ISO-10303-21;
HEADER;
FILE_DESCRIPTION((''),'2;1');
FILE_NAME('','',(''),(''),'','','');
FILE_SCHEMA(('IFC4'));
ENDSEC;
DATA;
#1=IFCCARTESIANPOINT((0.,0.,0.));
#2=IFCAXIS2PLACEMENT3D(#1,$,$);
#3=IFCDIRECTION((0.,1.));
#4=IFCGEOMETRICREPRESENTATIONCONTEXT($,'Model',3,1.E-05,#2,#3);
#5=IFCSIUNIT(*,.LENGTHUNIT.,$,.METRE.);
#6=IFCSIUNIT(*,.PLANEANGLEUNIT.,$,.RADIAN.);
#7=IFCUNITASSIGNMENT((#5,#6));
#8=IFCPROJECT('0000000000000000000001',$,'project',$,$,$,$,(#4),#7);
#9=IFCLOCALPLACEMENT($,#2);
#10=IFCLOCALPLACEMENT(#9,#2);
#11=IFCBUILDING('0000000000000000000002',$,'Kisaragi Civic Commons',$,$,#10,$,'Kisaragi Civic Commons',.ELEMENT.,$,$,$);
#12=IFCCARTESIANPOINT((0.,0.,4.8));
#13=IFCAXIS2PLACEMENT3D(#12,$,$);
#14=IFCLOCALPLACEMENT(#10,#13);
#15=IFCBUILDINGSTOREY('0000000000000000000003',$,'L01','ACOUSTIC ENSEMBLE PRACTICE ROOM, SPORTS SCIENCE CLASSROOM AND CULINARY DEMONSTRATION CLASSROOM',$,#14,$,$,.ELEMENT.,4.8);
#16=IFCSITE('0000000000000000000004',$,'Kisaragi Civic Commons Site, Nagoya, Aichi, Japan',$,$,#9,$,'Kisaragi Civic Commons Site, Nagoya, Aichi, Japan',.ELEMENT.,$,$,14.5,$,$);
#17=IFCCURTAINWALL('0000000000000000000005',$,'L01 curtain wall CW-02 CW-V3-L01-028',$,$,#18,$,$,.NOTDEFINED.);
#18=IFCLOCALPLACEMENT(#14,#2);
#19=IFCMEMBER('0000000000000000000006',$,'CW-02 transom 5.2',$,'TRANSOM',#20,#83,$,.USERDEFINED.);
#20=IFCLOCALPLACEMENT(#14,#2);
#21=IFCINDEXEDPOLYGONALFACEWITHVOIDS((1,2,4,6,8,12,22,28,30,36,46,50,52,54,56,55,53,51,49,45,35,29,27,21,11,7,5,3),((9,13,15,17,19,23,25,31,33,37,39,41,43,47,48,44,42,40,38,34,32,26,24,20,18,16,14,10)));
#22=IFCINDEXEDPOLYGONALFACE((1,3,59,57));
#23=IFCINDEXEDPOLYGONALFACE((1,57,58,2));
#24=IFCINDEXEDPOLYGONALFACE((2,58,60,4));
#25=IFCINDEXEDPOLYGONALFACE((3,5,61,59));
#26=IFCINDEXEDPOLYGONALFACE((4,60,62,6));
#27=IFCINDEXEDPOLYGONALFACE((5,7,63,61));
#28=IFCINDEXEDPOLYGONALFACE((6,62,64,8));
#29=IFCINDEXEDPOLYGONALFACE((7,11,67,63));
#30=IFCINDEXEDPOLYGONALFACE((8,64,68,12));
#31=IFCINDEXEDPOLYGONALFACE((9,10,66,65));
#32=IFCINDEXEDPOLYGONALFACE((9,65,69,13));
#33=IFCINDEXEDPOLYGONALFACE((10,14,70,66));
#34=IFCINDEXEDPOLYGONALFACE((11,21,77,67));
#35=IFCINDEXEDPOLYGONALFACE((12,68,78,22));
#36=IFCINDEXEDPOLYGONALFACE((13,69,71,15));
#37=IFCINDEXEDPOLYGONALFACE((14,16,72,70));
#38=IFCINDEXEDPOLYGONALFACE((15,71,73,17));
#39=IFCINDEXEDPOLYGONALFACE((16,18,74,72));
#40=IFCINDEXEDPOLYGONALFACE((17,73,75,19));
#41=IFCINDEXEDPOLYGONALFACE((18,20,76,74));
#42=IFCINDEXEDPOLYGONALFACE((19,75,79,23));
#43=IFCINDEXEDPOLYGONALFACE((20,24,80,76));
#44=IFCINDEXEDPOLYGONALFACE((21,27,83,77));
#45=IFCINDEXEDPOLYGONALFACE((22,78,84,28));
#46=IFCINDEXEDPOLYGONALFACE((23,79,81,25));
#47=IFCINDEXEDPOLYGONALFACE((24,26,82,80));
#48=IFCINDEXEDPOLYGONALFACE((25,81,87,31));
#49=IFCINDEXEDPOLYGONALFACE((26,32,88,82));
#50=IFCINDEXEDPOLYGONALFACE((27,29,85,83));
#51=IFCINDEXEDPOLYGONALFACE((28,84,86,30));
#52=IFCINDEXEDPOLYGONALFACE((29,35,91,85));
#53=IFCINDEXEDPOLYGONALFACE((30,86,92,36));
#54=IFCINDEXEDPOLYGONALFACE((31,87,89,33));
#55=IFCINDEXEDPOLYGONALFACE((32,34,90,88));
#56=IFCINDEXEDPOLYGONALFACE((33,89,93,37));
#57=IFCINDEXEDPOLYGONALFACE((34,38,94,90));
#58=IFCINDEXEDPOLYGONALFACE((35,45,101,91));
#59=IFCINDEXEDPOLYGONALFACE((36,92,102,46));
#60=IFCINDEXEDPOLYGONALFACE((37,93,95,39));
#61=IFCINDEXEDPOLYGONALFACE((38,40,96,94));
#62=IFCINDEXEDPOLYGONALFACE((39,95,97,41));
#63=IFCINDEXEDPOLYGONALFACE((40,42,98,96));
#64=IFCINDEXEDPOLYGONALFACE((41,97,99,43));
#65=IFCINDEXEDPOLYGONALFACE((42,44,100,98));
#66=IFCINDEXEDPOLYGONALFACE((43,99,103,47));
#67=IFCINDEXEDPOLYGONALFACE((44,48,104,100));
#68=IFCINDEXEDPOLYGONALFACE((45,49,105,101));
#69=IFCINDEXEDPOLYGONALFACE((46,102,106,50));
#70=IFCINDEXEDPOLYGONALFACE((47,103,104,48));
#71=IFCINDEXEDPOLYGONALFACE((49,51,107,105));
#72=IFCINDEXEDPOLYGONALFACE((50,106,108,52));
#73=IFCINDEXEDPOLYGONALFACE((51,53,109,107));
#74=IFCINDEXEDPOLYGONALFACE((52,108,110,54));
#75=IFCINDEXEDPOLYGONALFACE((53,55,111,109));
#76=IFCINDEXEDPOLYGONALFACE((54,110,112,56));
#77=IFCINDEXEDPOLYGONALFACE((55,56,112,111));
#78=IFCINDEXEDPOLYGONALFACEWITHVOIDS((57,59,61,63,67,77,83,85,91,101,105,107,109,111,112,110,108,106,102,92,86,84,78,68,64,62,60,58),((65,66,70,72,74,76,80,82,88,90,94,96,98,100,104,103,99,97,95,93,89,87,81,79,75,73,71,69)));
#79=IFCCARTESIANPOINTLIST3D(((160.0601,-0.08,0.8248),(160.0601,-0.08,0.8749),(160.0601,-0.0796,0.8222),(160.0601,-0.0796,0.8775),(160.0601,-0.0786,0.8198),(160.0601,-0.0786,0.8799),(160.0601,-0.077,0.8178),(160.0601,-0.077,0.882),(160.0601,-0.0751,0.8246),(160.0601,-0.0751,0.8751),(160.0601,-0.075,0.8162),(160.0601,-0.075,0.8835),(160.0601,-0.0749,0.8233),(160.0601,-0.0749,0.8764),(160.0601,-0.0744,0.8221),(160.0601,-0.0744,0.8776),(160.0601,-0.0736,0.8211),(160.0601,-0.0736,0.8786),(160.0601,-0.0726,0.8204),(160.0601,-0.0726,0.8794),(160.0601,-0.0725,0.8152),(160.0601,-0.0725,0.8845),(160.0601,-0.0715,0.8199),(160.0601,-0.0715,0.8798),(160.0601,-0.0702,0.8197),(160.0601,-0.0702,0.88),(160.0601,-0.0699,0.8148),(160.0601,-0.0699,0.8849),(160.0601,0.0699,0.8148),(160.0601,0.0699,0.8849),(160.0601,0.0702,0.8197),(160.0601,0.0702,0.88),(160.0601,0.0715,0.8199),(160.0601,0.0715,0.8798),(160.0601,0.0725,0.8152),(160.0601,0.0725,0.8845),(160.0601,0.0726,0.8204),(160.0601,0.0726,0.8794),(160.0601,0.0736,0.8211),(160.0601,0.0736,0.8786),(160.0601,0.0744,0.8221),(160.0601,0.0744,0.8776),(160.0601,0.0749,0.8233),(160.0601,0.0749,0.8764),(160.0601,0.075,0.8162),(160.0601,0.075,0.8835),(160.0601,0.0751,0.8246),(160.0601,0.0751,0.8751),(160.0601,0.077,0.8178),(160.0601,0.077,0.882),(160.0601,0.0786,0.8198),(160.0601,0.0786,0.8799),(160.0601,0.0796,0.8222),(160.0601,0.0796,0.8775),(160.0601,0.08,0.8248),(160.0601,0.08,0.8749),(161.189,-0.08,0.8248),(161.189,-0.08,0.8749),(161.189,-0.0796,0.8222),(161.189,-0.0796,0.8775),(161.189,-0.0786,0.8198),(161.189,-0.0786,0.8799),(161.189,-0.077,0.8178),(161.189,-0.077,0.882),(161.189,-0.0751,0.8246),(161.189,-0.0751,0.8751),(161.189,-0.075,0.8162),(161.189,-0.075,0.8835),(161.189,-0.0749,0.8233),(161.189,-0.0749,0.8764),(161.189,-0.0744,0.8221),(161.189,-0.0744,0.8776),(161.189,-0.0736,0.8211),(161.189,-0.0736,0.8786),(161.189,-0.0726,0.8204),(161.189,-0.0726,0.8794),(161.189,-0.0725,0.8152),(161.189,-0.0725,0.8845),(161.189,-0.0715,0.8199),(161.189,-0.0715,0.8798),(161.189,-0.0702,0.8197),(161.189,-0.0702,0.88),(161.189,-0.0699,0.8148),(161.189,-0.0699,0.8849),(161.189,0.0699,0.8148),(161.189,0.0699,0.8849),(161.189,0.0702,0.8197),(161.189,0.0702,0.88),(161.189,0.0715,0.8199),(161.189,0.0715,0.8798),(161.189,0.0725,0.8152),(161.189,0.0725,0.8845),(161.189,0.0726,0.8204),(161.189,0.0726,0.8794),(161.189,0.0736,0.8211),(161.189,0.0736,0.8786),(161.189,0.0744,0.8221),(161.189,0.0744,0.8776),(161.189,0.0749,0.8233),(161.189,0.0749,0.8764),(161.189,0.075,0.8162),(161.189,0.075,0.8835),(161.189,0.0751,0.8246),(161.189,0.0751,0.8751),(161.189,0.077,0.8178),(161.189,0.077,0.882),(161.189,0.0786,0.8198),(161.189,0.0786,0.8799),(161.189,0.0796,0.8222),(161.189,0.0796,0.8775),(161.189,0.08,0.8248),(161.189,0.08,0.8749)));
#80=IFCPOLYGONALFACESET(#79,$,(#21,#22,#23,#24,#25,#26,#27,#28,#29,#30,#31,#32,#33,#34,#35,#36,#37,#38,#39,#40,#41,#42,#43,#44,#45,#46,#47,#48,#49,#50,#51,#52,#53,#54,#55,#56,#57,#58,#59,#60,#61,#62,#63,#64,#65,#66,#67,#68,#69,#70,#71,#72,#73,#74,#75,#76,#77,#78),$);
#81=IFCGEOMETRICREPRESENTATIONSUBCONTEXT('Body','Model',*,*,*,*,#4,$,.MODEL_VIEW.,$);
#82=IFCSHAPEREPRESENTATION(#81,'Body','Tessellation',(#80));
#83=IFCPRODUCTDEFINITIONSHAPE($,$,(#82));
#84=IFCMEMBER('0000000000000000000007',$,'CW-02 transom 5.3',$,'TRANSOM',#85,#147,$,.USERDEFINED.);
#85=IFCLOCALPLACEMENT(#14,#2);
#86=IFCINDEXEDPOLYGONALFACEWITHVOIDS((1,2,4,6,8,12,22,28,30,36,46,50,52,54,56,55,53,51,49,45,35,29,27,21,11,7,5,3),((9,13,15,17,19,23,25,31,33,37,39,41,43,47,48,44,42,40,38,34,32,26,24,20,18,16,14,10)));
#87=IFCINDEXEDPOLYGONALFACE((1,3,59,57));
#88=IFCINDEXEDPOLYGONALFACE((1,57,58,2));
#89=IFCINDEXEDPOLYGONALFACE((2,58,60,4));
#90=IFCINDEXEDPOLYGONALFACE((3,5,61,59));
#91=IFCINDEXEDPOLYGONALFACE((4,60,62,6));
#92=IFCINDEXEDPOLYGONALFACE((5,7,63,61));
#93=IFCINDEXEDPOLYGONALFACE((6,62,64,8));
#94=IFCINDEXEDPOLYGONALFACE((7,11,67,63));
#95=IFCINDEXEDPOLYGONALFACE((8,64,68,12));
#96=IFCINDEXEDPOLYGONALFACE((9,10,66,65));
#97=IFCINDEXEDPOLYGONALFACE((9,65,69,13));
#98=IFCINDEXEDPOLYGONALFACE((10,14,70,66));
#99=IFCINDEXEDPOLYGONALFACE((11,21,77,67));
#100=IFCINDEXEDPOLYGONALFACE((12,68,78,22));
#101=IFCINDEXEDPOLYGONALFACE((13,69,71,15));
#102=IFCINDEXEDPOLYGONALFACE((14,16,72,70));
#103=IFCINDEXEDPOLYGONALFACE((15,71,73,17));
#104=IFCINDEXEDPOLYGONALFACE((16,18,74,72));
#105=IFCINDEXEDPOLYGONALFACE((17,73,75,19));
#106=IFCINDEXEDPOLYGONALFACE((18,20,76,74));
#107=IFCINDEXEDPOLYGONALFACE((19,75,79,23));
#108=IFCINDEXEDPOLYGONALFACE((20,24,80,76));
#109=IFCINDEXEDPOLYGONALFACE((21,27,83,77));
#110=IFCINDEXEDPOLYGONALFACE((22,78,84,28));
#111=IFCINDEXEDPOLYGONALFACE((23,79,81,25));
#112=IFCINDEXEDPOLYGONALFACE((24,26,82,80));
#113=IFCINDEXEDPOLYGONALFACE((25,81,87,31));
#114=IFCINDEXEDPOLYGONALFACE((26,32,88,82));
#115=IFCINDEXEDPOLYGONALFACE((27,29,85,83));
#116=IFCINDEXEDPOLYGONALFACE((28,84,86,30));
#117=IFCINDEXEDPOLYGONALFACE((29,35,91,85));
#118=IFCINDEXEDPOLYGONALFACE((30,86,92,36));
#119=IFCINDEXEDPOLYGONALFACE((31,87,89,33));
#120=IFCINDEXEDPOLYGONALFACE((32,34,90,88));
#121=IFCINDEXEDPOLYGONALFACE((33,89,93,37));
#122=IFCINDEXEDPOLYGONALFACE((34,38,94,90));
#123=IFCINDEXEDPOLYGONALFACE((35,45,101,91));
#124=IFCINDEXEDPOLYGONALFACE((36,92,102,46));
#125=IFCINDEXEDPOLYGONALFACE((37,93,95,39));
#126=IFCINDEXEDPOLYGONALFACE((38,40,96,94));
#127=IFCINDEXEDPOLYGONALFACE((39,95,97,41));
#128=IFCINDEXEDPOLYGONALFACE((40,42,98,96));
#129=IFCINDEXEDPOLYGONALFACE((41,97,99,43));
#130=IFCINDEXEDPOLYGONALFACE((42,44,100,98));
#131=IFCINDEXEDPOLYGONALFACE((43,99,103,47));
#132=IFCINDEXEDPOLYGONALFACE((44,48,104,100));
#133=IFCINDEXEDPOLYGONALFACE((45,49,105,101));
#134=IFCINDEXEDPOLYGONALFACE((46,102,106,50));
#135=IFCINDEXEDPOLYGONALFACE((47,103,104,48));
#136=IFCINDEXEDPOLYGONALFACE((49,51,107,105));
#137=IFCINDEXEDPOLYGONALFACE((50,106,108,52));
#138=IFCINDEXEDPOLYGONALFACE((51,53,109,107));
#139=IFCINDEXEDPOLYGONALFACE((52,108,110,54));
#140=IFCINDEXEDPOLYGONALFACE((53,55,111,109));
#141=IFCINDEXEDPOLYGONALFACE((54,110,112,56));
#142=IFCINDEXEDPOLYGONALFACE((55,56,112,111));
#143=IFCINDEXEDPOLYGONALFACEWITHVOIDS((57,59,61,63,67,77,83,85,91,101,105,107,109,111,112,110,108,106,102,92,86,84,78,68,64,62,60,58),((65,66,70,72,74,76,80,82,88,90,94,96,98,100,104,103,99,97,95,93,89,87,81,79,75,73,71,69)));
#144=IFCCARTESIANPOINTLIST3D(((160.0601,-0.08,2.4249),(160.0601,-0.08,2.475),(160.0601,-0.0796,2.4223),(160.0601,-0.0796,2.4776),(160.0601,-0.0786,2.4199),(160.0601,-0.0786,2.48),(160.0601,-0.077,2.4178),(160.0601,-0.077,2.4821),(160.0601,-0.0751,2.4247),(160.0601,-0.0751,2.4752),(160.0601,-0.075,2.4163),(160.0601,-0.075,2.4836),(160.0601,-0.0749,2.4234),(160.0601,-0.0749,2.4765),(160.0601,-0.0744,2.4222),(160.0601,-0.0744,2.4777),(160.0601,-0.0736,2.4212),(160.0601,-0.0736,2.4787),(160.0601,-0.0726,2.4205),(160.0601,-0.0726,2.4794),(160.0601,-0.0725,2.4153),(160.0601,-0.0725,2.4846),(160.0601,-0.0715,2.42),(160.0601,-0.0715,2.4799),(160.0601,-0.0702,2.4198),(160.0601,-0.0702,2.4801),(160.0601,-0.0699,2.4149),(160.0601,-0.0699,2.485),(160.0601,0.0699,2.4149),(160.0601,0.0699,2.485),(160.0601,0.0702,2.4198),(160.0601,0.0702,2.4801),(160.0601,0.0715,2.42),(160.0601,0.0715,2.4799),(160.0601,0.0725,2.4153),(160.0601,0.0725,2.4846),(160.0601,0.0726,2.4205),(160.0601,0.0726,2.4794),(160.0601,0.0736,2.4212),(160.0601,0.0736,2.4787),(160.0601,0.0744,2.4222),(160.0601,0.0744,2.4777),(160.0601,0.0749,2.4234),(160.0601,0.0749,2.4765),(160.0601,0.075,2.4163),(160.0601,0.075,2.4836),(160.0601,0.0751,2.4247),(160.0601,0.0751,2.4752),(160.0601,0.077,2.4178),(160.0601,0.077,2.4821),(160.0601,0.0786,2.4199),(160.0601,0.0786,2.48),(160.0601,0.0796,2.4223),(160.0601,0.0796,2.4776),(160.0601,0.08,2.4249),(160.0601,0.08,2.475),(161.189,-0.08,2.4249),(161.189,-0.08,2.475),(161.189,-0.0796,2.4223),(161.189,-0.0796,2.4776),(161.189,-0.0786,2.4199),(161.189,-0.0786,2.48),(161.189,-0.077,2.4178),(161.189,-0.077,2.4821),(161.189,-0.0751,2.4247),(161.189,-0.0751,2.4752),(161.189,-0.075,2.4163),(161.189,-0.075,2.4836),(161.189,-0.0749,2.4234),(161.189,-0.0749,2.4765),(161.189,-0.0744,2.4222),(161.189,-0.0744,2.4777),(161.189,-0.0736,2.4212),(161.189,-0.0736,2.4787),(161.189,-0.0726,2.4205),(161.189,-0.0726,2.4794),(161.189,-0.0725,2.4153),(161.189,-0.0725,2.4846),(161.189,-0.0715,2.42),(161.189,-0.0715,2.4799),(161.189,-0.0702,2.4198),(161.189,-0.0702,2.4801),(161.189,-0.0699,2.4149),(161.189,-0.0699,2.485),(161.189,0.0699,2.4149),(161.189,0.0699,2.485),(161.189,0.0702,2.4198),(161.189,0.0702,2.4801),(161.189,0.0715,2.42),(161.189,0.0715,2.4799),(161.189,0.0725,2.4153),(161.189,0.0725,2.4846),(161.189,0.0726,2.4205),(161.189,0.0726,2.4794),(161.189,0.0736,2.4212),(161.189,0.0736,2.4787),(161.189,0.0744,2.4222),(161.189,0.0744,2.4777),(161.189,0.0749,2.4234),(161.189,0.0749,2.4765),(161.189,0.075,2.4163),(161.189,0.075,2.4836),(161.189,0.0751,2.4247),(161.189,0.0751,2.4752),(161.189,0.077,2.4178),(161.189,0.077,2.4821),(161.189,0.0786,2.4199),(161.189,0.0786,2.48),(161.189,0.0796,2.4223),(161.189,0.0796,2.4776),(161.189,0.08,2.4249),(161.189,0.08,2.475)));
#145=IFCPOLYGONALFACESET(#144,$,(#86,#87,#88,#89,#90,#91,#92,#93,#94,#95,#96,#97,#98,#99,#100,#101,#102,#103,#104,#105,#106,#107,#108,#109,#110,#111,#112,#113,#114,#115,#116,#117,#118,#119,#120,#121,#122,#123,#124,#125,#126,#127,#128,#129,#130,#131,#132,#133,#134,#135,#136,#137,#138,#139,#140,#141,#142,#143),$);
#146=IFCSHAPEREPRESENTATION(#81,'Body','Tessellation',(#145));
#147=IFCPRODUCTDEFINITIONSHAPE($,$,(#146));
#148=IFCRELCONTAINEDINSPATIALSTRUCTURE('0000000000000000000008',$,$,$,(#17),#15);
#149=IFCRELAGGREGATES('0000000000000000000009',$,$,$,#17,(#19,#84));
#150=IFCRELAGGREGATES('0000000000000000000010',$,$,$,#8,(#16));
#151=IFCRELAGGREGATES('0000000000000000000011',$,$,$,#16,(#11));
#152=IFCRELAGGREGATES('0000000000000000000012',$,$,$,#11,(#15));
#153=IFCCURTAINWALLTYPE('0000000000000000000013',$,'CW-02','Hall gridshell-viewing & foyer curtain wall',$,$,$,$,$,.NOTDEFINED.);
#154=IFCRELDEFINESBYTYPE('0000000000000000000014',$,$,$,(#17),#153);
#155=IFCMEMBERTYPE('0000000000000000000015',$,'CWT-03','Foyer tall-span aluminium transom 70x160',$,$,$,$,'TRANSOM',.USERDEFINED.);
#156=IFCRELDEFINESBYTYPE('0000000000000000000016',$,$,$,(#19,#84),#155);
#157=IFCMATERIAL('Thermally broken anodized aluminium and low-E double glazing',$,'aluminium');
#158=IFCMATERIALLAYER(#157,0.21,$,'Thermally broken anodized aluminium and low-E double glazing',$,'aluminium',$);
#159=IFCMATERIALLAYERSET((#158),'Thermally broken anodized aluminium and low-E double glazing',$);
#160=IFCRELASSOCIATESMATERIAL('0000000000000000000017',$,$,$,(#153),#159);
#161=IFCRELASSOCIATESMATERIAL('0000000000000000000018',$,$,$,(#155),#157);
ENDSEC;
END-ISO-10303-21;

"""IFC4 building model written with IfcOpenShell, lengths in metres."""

from ifc_helpers import new_model, si_unit, direction, frame, origin, origin_2d, place, context, subcontext, project, spatial, hollow_rectangle, extrude, material, layer, layer_set, material_profile, profile_set, type_object, element, aggregate, save


model = new_model("IFC4")

# Units and contexts
model_context = context("Model", 3, precision=1e-05, world=origin(), true_north=direction((0.0, 1.0)))
body_context = subcontext(model_context, "Body", "Model", "MODEL_VIEW")
ifc_project = project(units=[si_unit("LENGTHUNIT", "METRE"), si_unit("PLANEANGLEUNIT", "RADIAN")], contexts=[model_context])

# Site, building, storey
site_placement = place(None, origin())
site = spatial("IfcSite", under=ifc_project, at=site_placement, Name="Kisaragi Civic Commons Site, Nagoya, Aichi, Japan", LongName="Kisaragi Civic Commons Site, Nagoya, Aichi, Japan", CompositionType="ELEMENT", RefElevation=14.5)
building_placement = place(site_placement, origin())
building = spatial("IfcBuilding", under=site, at=building_placement, Name="Kisaragi Civic Commons", LongName="Kisaragi Civic Commons", CompositionType="ELEMENT")
storey_placement = place(building_placement, frame((0.0, 0.0, 4.8)))
storey = spatial("IfcBuildingStorey", under=building, at=storey_placement, Name="L01", Description="ACOUSTIC ENSEMBLE PRACTICE ROOM, SPORTS SCIENCE CLASSROOM AND CULINARY DEMONSTRATION CLASSROOM", CompositionType="ELEMENT", Elevation=4.8)

# Curtain wall
ifc_material_1 = material(Name="Thermally broken anodized aluminium and low-E double glazing", Category="aluminium")
ifc_layer_1 = layer(ifc_material_1, 0.21, Name="Thermally broken anodized aluminium and low-E double glazing", Category="aluminium")
ifc_layer_set_1 = layer_set([ifc_layer_1], Name="Thermally broken anodized aluminium and low-E double glazing")
curtain_wall_type = type_object("IfcCurtainWallType", Name="CW-02", Description="Hall gridshell-viewing & foyer curtain wall", PredefinedType="NOTDEFINED", material=ifc_layer_set_1)
curtain_wall_1_placement = place(storey_placement, origin())
curtain_wall_1 = element("IfcCurtainWall", 1, at=curtain_wall_1_placement, inside=storey, type_object=curtain_wall_type, Name="L01 curtain wall CW-02 CW-V3-L01-028", PredefinedType="NOTDEFINED")

# Members
ifc_material_profile_1 = material_profile(ifc_material_1, hollow_rectangle(XDim=0.1599, YDim=0.0701, WallThickness=0.0049, InnerFilletRadius=0.0049, OuterFilletRadius=0.01, at=origin_2d()), Name="CWT-70x160x5", Category="aluminium")
ifc_profile_set_1 = profile_set([ifc_material_profile_1], Name="Thermally broken anodized aluminium and low-E double glazing")
member_type_1 = type_object("IfcMemberType", Name="CWT-03", Description="Foyer tall-span aluminium transom 70x160", ElementType="TRANSOM", PredefinedType="USERDEFINED", material=ifc_profile_set_1)
member_1_placement = place(storey_placement, frame((161.189, 0.0, 0.8499), z_axis=(-1.0, 0.0, 0.0), x_axis=(0.0, -1.0, 0.0)))
member_1 = element("IfcMember", 2, at=member_1_placement, type_object=member_type_1, Name="CW-02 transom 5.2", ObjectType="TRANSOM", PredefinedType="USERDEFINED", context=body_context, shape_type="SweptSolid", body=[
    extrude(hollow_rectangle(XDim=0.1599, YDim=0.0701, WallThickness=0.0049, InnerFilletRadius=0.0049, OuterFilletRadius=0.01, at=origin_2d()), origin(), (0.0, 0.0, 1.0), 1.1289),
])
member_2_placement = place(storey_placement, frame((161.189, 0.0, 2.45), z_axis=(-1.0, 0.0, 0.0), x_axis=(0.0, -1.0, 0.0)))
member_2 = element("IfcMember", 3, at=member_2_placement, type_object=member_type_1, Name="CW-02 transom 5.3", ObjectType="TRANSOM", PredefinedType="USERDEFINED", context=body_context, shape_type="SweptSolid", body=[
    extrude(hollow_rectangle(XDim=0.1599, YDim=0.0701, WallThickness=0.0049, InnerFilletRadius=0.0049, OuterFilletRadius=0.01, at=origin_2d()), origin(), (0.0, 0.0, 1.0), 1.1289),
])

aggregate(curtain_wall_1, [member_1, member_2])

save(model, "model.ifc")
